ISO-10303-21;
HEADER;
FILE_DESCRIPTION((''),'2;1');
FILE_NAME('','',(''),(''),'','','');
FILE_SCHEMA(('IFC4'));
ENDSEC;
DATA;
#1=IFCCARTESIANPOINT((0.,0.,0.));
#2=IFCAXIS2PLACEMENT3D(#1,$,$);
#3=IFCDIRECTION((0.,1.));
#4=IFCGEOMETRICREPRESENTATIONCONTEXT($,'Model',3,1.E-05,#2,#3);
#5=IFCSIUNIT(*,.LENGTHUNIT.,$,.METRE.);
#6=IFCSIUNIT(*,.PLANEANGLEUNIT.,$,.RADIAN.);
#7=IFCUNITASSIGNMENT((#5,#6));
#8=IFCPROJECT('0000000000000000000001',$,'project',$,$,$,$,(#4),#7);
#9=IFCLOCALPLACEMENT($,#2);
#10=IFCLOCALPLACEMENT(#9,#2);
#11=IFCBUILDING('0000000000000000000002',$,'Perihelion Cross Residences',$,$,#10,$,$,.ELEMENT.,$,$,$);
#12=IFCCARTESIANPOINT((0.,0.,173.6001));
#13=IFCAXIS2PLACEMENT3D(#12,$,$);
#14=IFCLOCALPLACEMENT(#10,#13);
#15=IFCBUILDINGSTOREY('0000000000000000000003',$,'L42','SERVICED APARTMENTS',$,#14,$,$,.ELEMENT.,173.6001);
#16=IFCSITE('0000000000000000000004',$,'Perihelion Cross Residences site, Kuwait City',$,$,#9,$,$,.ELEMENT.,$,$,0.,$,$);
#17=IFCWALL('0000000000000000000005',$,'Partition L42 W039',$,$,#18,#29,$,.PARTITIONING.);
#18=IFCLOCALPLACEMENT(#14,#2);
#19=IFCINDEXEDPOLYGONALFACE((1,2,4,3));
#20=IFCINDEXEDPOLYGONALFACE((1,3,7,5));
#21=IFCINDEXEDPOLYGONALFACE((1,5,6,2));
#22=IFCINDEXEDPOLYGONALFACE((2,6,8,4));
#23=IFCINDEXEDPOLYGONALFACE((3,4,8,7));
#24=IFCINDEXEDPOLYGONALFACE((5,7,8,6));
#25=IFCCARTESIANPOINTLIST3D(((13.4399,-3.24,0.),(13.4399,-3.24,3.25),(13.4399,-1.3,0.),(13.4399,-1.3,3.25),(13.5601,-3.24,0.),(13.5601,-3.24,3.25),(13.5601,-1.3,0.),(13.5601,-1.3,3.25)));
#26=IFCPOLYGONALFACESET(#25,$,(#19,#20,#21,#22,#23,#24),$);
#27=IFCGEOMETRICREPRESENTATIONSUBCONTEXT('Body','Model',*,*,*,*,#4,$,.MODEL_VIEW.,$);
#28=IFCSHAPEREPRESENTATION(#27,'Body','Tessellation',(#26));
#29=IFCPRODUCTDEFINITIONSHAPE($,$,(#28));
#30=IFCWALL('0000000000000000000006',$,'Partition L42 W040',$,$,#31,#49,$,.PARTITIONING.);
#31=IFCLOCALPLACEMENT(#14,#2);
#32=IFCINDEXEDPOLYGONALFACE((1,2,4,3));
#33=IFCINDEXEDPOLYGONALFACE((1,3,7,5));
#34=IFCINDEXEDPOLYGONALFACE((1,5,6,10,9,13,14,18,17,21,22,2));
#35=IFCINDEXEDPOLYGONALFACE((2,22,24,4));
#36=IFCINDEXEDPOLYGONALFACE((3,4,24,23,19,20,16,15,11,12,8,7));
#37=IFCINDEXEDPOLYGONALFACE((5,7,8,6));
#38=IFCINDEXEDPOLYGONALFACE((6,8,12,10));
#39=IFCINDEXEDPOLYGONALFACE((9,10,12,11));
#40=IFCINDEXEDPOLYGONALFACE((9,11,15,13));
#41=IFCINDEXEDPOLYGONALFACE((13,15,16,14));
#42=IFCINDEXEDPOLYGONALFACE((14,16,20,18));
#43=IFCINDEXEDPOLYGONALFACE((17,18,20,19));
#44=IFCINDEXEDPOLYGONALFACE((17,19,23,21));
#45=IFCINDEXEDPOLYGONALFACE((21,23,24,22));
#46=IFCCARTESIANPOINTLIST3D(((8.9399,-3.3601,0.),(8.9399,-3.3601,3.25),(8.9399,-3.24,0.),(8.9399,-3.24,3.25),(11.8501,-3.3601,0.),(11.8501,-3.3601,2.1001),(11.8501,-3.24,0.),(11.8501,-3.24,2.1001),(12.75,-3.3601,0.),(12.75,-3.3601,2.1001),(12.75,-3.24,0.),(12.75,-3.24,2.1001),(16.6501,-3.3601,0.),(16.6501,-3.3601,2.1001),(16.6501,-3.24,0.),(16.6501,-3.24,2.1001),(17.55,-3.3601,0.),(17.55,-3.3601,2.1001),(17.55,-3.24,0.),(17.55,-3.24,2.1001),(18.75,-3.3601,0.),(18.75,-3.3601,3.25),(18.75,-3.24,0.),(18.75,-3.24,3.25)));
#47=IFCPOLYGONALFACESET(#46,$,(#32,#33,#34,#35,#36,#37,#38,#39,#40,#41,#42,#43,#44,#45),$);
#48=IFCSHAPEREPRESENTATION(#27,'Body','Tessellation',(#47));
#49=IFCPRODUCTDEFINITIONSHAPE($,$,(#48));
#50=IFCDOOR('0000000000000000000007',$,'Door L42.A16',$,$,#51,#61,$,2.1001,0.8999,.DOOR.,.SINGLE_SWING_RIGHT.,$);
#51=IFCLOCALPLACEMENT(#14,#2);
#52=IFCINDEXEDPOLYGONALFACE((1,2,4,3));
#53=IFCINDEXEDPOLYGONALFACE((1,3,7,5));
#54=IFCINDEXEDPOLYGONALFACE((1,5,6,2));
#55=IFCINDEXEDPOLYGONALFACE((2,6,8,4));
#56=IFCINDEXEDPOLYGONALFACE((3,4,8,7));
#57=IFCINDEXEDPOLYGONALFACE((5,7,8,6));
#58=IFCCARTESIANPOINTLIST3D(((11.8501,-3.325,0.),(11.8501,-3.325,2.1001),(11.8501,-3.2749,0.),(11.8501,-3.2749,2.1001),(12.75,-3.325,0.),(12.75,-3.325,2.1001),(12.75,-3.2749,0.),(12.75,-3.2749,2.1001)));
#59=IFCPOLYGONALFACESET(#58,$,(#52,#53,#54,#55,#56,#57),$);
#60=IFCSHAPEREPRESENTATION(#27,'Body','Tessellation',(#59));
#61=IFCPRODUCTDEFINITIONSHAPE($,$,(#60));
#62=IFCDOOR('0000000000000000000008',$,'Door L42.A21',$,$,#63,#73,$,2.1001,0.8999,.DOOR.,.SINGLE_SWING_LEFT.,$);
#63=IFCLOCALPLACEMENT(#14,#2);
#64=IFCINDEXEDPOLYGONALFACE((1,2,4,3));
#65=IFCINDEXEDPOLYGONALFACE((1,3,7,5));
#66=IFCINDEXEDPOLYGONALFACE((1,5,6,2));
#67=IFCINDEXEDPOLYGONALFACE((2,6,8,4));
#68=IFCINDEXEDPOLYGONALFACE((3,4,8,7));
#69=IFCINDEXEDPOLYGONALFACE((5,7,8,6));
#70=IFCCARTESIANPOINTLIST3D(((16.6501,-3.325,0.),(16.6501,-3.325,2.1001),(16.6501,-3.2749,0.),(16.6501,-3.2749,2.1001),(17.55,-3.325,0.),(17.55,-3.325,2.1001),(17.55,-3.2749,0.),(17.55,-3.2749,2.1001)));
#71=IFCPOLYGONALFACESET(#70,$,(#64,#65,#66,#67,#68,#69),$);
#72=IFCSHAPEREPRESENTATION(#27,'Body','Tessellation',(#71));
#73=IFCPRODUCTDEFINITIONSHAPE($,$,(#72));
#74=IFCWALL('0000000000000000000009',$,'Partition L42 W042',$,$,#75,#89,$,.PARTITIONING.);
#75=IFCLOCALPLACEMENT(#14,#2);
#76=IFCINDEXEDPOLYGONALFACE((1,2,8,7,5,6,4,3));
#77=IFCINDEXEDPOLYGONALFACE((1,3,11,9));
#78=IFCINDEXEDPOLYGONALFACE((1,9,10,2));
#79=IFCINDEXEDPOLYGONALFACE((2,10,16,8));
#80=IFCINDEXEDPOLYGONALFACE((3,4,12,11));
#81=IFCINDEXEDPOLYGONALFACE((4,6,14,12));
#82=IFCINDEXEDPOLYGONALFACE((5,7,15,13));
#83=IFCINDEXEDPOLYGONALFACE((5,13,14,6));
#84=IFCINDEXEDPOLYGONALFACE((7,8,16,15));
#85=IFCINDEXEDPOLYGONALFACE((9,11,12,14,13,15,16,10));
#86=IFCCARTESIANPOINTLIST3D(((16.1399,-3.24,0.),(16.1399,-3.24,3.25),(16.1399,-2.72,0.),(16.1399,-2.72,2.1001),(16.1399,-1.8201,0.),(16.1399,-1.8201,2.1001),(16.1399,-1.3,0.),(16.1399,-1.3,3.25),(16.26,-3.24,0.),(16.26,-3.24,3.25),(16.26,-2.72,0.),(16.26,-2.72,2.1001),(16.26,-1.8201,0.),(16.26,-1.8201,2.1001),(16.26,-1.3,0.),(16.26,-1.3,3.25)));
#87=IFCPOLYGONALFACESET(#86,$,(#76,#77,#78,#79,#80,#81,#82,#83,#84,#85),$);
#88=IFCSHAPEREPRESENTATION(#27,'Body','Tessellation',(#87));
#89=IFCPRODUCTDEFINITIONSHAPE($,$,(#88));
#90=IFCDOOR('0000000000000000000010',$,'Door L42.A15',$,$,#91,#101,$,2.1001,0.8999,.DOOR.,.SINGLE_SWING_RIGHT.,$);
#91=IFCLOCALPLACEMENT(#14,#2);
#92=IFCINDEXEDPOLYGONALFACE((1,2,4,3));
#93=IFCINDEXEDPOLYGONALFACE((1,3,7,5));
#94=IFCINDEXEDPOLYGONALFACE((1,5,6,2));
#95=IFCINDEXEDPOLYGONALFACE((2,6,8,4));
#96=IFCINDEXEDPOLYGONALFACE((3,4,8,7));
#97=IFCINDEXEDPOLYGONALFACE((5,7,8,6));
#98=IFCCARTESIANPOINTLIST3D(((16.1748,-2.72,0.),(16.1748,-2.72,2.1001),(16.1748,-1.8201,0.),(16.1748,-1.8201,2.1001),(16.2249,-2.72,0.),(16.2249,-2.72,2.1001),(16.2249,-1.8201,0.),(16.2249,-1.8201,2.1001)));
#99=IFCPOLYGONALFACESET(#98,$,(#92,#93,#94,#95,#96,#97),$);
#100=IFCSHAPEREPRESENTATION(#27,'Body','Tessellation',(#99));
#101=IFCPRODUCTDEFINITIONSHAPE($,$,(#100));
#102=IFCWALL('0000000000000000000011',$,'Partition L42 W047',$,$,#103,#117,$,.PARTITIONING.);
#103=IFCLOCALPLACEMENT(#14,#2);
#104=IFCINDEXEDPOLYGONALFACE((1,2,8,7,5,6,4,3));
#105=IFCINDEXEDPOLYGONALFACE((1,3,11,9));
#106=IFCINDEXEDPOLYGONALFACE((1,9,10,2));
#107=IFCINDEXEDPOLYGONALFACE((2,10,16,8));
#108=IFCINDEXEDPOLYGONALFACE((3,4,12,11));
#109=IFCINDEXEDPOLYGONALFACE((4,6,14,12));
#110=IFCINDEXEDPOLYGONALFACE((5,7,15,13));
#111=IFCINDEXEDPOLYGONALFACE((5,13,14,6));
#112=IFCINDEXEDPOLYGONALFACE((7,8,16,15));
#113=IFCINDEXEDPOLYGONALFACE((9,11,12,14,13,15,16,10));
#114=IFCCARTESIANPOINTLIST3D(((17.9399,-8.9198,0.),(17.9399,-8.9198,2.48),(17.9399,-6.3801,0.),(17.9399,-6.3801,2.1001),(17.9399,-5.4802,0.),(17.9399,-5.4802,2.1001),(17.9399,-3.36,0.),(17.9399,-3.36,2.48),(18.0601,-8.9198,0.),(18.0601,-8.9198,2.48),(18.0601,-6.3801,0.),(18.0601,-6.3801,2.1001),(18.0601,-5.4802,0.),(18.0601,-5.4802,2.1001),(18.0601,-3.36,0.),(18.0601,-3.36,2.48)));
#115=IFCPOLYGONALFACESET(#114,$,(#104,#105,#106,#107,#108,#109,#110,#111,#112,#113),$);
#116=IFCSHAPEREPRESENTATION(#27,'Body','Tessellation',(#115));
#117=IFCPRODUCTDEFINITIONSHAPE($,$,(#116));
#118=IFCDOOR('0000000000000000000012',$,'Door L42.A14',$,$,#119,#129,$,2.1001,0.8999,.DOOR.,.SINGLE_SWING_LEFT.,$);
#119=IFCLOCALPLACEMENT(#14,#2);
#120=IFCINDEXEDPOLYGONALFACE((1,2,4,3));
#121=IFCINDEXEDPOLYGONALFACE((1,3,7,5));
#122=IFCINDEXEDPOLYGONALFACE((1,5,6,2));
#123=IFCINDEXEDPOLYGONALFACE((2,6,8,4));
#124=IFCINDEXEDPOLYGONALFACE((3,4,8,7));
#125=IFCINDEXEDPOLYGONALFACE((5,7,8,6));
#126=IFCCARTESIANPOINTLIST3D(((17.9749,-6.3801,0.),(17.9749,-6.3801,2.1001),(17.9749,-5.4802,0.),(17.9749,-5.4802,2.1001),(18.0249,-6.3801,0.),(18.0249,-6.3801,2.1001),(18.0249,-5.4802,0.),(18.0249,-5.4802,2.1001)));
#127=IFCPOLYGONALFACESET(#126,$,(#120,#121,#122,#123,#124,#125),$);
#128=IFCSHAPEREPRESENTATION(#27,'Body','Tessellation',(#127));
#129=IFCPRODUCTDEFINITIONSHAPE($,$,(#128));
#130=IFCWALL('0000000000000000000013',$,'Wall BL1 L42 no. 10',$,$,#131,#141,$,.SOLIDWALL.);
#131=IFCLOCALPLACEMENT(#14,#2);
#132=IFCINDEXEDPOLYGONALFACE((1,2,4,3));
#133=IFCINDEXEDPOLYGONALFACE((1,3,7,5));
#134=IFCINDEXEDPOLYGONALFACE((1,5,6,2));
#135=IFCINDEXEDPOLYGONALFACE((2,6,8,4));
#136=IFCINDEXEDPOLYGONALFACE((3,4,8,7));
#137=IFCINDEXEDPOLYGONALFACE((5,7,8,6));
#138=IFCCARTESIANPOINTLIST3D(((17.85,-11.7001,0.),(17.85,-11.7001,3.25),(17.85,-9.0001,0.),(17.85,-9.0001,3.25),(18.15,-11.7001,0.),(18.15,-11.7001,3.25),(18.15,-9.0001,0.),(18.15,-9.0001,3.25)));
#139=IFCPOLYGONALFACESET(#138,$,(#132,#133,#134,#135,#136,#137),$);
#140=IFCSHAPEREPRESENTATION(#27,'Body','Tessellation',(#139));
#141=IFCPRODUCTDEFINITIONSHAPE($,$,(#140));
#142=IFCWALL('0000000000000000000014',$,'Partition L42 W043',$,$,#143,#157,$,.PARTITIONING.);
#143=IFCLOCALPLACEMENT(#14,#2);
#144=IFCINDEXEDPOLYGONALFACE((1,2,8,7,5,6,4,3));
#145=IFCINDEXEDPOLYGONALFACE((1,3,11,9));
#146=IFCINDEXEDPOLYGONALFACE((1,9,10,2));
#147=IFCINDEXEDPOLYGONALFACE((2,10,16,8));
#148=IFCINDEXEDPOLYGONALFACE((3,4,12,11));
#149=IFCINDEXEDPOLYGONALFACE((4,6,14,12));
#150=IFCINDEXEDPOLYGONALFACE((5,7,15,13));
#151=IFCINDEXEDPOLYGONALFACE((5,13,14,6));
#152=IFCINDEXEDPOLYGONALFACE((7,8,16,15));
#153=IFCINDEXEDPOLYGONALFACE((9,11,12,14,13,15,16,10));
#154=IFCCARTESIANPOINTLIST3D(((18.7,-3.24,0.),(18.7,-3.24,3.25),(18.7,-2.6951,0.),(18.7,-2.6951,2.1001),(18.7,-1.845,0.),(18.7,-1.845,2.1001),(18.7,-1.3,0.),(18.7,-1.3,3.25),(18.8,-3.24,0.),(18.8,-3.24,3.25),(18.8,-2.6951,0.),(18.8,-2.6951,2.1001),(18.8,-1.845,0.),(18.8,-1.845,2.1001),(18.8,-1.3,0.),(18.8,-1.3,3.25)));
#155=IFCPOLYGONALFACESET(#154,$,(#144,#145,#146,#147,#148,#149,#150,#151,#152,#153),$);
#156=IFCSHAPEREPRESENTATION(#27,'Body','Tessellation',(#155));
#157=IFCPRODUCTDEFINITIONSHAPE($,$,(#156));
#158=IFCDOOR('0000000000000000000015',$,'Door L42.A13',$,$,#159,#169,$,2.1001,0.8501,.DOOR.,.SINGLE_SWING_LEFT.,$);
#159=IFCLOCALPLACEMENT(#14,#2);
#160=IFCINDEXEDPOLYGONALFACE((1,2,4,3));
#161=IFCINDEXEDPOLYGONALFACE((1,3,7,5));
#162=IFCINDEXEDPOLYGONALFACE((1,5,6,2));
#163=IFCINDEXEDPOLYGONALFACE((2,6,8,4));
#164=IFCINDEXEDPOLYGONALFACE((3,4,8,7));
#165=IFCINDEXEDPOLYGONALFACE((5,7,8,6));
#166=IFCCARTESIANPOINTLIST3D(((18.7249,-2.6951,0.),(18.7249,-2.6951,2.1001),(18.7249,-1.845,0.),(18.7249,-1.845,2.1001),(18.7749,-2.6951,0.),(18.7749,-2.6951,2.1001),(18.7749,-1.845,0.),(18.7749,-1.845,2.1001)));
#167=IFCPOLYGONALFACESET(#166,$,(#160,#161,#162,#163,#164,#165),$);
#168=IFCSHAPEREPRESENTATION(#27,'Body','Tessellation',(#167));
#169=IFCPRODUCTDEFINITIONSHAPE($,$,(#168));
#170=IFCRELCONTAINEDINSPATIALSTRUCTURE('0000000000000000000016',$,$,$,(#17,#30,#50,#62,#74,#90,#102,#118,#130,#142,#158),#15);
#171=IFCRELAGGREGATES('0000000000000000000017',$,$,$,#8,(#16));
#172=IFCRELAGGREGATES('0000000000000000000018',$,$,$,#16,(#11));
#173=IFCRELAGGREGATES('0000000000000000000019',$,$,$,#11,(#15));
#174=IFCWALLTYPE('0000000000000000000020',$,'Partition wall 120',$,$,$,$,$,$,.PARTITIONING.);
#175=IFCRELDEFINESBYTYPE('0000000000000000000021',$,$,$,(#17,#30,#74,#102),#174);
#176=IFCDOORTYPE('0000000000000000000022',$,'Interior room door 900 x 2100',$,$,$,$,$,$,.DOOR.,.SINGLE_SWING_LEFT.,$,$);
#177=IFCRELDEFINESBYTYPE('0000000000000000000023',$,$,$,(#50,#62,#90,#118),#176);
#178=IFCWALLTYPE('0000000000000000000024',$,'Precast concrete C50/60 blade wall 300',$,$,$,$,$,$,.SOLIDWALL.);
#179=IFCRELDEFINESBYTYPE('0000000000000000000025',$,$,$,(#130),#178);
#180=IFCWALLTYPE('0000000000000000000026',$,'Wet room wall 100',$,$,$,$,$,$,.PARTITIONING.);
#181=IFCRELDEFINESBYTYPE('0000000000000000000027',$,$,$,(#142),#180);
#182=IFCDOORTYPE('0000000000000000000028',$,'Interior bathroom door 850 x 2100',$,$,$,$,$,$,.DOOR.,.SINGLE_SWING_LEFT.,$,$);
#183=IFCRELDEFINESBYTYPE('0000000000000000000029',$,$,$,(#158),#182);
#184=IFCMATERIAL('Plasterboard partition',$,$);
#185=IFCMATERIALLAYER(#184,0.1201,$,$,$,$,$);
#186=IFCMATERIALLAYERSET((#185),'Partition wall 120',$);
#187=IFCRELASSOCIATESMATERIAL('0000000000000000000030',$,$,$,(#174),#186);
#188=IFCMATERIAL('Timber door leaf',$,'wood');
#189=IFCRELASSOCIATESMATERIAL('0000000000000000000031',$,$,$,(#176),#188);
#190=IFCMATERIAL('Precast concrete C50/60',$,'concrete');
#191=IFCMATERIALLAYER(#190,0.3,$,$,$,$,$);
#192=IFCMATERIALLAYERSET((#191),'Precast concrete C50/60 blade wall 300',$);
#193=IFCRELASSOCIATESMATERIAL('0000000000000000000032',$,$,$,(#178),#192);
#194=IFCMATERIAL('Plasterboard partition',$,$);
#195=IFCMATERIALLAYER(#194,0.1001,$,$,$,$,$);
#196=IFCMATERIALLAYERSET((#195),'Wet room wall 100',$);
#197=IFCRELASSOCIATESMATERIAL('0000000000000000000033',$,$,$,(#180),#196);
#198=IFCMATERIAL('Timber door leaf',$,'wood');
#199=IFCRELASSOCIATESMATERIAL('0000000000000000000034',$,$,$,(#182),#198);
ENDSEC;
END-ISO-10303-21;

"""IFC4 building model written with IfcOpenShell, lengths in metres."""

from ifc_helpers import new_model, si_unit, direction, frame, frame_2d, origin, place, context, subcontext, project, spatial, rectangle, extrude, material, layer, layer_set, type_object, element, fill, save


model = new_model("IFC4")

# Units and contexts
model_context = context("Model", 3, precision=1e-05, world=origin(), true_north=direction((0.0, 1.0)))
body_context = subcontext(model_context, "Body", "Model", "MODEL_VIEW")
ifc_project = project(units=[si_unit("LENGTHUNIT", "METRE"), si_unit("PLANEANGLEUNIT", "RADIAN")], contexts=[model_context])

# Site, building, storey
site_placement = place(None, origin())
site = spatial("IfcSite", under=ifc_project, at=site_placement, Name="Perihelion Cross Residences site, Kuwait City", CompositionType="ELEMENT", RefElevation=0.0)
building_placement = place(site_placement, origin())
building = spatial("IfcBuilding", under=site, at=building_placement, Name="Perihelion Cross Residences", CompositionType="ELEMENT")
storey_placement = place(building_placement, frame((0.0, 0.0, 173.6001)))
storey = spatial("IfcBuildingStorey", under=building, at=storey_placement, Name="L42", Description="SERVICED APARTMENTS", CompositionType="ELEMENT", Elevation=173.6001)

# Wall
ifc_material_1 = material(Name="Plasterboard partition")
ifc_layer_1 = layer(ifc_material_1, 0.1201)
ifc_layer_set_1 = layer_set([ifc_layer_1], Name="Partition wall 120")
wall_type_1 = type_object("IfcWallType", Name="Partition wall 120", PredefinedType="PARTITIONING", material=ifc_layer_set_1)
wall_1_placement = place(storey_placement, frame((13.5, -1.3, 0.0), z_axis=(0.0, 0.0, 1.0), x_axis=(0.0, -1.0, 0.0)))
element("IfcWall", 1, at=wall_1_placement, inside=storey, type_object=wall_type_1, Name="Partition L42 W039", PredefinedType="PARTITIONING", context=body_context, shape_type="SweptSolid", body=[
    extrude(rectangle(XDim=1.9399, YDim=0.1201, at=frame_2d((0.97, 0.0))), origin(), (0.0, 0.0, 1.0), 3.25),
])

# Wall, openings, doors
wall_2_placement = place(storey_placement, frame((18.75, -3.3, 0.0), z_axis=(0.0, 0.0, 1.0), x_axis=(-1.0, 0.0, 0.0)))
wall_2 = element("IfcWall", 2, at=wall_2_placement, inside=storey, type_object=wall_type_1, Name="Partition L42 W040", PredefinedType="PARTITIONING", context=body_context, shape_type="SweptSolid", body=[
    extrude(rectangle(XDim=9.8101, YDim=0.1201, at=frame_2d((4.905, 0.0))), origin(), (0.0, 0.0, 1.0), 3.25),
])
opening_1_placement = place(wall_2_placement, frame((6.0, 0.0, 0.0)))
opening_1 = element("IfcOpeningElement", 3, at=opening_1_placement, cuts=wall_2, PredefinedType="OPENING", context=body_context, shape_type="SweptSolid", body=[
    extrude(rectangle(XDim=0.8999, YDim=2.1001, at=frame_2d((0.45, 1.05))), frame((0.0, 0.0701, 0.0), z_axis=(0.0, -1.0, 0.0), x_axis=(1.0, 0.0, 0.0)), (0.0, 0.0, 1.0), 0.1401),
])
opening_2_placement = place(wall_2_placement, frame((1.2, 0.0, 0.0)))
opening_2 = element("IfcOpeningElement", 4, at=opening_2_placement, cuts=wall_2, PredefinedType="OPENING", context=body_context, shape_type="SweptSolid", body=[
    extrude(rectangle(XDim=0.8999, YDim=2.1001, at=frame_2d((0.45, 1.05))), frame((0.0, 0.0701, 0.0), z_axis=(0.0, -1.0, 0.0), x_axis=(1.0, 0.0, 0.0)), (0.0, 0.0, 1.0), 0.1401),
])
ifc_material_2 = material(Name="Timber door leaf", Category="wood")
door_type_1 = type_object("IfcDoorType", Name="Interior room door 900 x 2100", OperationType="SINGLE_SWING_LEFT", PredefinedType="DOOR", material=ifc_material_2)
door_1_placement = place(opening_1_placement, origin())
door_1 = element("IfcDoor", 5, at=door_1_placement, inside=storey, type_object=door_type_1, Name="Door L42.A16", OperationType="SINGLE_SWING_RIGHT", OverallHeight=2.1001, OverallWidth=0.8999, PredefinedType="DOOR", context=body_context, shape_type="SweptSolid", body=[
    extrude(rectangle(XDim=0.8999, YDim=2.1001, at=frame_2d((0.45, 1.05))), frame((0.0, 0.0249, 0.0), z_axis=(0.0, -1.0, 0.0), x_axis=(1.0, 0.0, 0.0)), (0.0, 0.0, 1.0), 0.05),
])
fill(opening_1, door_1)
door_2_placement = place(opening_2_placement, origin())
door_2 = element("IfcDoor", 6, at=door_2_placement, inside=storey, type_object=door_type_1, Name="Door L42.A21", OperationType="SINGLE_SWING_LEFT", OverallHeight=2.1001, OverallWidth=0.8999, PredefinedType="DOOR", context=body_context, shape_type="SweptSolid", body=[
    extrude(rectangle(XDim=0.8999, YDim=2.1001, at=frame_2d((0.45, 1.05))), frame((0.0, 0.0249, 0.0), z_axis=(0.0, -1.0, 0.0), x_axis=(1.0, 0.0, 0.0)), (0.0, 0.0, 1.0), 0.05),
])
fill(opening_2, door_2)

# Walls, openings, doors
wall_3_placement = place(storey_placement, frame((16.2, -1.3, 0.0), z_axis=(0.0, 0.0, 1.0), x_axis=(0.0, -1.0, 0.0)))
wall_3 = element("IfcWall", 7, at=wall_3_placement, inside=storey, type_object=wall_type_1, Name="Partition L42 W042", PredefinedType="PARTITIONING", context=body_context, shape_type="SweptSolid", body=[
    extrude(rectangle(XDim=1.9399, YDim=0.1201, at=frame_2d((0.97, 0.0))), origin(), (0.0, 0.0, 1.0), 3.25),
])
opening_3_placement = place(wall_3_placement, frame((0.52, 0.0, 0.0)))
opening_3 = element("IfcOpeningElement", 8, at=opening_3_placement, cuts=wall_3, PredefinedType="OPENING", context=body_context, shape_type="SweptSolid", body=[
    extrude(rectangle(XDim=0.8999, YDim=2.1001, at=frame_2d((0.45, 1.05))), frame((0.0, 0.0701, 0.0), z_axis=(0.0, -1.0, 0.0), x_axis=(1.0, 0.0, 0.0)), (0.0, 0.0, 1.0), 0.1401),
])
door_3_placement = place(opening_3_placement, origin())
door_3 = element("IfcDoor", 9, at=door_3_placement, inside=storey, type_object=door_type_1, Name="Door L42.A15", OperationType="SINGLE_SWING_RIGHT", OverallHeight=2.1001, OverallWidth=0.8999, PredefinedType="DOOR", context=body_context, shape_type="SweptSolid", body=[
    extrude(rectangle(XDim=0.8999, YDim=2.1001, at=frame_2d((0.45, 1.05))), frame((0.0, 0.0249, 0.0), z_axis=(0.0, -1.0, 0.0), x_axis=(1.0, 0.0, 0.0)), (0.0, 0.0, 1.0), 0.05),
])
fill(opening_3, door_3)
wall_4_placement = place(storey_placement, frame((18.0, -3.3601, 0.0), z_axis=(0.0, 0.0, 1.0), x_axis=(0.0, -1.0, 0.0)))
wall_4 = element("IfcWall", 10, at=wall_4_placement, inside=storey, type_object=wall_type_1, Name="Partition L42 W047", PredefinedType="PARTITIONING", context=body_context, shape_type="SweptSolid", body=[
    extrude(rectangle(XDim=5.5598, YDim=0.1201, at=frame_2d((2.7798, 0.0))), origin(), (0.0, 0.0, 1.0), 2.48),
])
opening_4_placement = place(wall_4_placement, frame((2.1201, 0.0, 0.0)))
opening_4 = element("IfcOpeningElement", 11, at=opening_4_placement, cuts=wall_4, PredefinedType="OPENING", context=body_context, shape_type="SweptSolid", body=[
    extrude(rectangle(XDim=0.8999, YDim=2.1001, at=frame_2d((0.45, 1.05))), frame((0.0, 0.0701, 0.0), z_axis=(0.0, -1.0, 0.0), x_axis=(1.0, 0.0, 0.0)), (0.0, 0.0, 1.0), 0.1401),
])
door_4_placement = place(opening_4_placement, origin())
door_4 = element("IfcDoor", 12, at=door_4_placement, inside=storey, type_object=door_type_1, Name="Door L42.A14", OperationType="SINGLE_SWING_LEFT", OverallHeight=2.1001, OverallWidth=0.8999, PredefinedType="DOOR", context=body_context, shape_type="SweptSolid", body=[
    extrude(rectangle(XDim=0.8999, YDim=2.1001, at=frame_2d((0.45, 1.05))), frame((0.0, 0.0249, 0.0), z_axis=(0.0, -1.0, 0.0), x_axis=(1.0, 0.0, 0.0)), (0.0, 0.0, 1.0), 0.05),
])
fill(opening_4, door_4)

# Wall
ifc_material_3 = material(Name="Precast concrete C50/60", Category="concrete")
ifc_layer_2 = layer(ifc_material_3, 0.3)
ifc_layer_set_2 = layer_set([ifc_layer_2], Name="Precast concrete C50/60 blade wall 300")
wall_type_2 = type_object("IfcWallType", Name="Precast concrete C50/60 blade wall 300", PredefinedType="SOLIDWALL", material=ifc_layer_set_2)
wall_5_placement = place(storey_placement, frame((18.0, -9.0, 0.0), z_axis=(0.0, 0.0, 1.0), x_axis=(0.0, -1.0, 0.0)))
element("IfcWall", 13, at=wall_5_placement, inside=storey, type_object=wall_type_2, Name="Wall BL1 L42 no. 10", PredefinedType="SOLIDWALL", context=body_context, shape_type="SweptSolid", body=[
    extrude(rectangle(XDim=2.7, YDim=0.3, at=frame_2d((1.3501, 0.0))), origin(), (0.0, 0.0, 1.0), 3.25),
])

# Wall, opening, door
ifc_material_4 = material(Name="Plasterboard partition")
ifc_layer_3 = layer(ifc_material_4, 0.1001)
ifc_layer_set_3 = layer_set([ifc_layer_3], Name="Wet room wall 100")
wall_type_3 = type_object("IfcWallType", Name="Wet room wall 100", PredefinedType="PARTITIONING", material=ifc_layer_set_3)
wall_6_placement = place(storey_placement, frame((18.75, -1.3, 0.0), z_axis=(0.0, 0.0, 1.0), x_axis=(0.0, -1.0, 0.0)))
wall_6 = element("IfcWall", 14, at=wall_6_placement, inside=storey, type_object=wall_type_3, Name="Partition L42 W043", PredefinedType="PARTITIONING", context=body_context, shape_type="SweptSolid", body=[
    extrude(rectangle(XDim=1.9399, YDim=0.1001, at=frame_2d((0.97, 0.0))), origin(), (0.0, 0.0, 1.0), 3.25),
])
opening_5_placement = place(wall_6_placement, frame((0.5449, 0.0, 0.0)))
opening_5 = element("IfcOpeningElement", 15, at=opening_5_placement, cuts=wall_6, PredefinedType="OPENING", context=body_context, shape_type="SweptSolid", body=[
    extrude(rectangle(XDim=0.8501, YDim=2.1001, at=frame_2d((0.425, 1.05))), frame((0.0, 0.0601, 0.0), z_axis=(0.0, -1.0, 0.0), x_axis=(1.0, 0.0, 0.0)), (0.0, 0.0, 1.0), 0.1201),
])
ifc_material_5 = material(Name="Timber door leaf", Category="wood")
door_type_2 = type_object("IfcDoorType", Name="Interior bathroom door 850 x 2100", OperationType="SINGLE_SWING_LEFT", PredefinedType="DOOR", material=ifc_material_5)
door_5_placement = place(opening_5_placement, origin())
door_5 = element("IfcDoor", 16, at=door_5_placement, inside=storey, type_object=door_type_2, Name="Door L42.A13", OperationType="SINGLE_SWING_LEFT", OverallHeight=2.1001, OverallWidth=0.8501, PredefinedType="DOOR", context=body_context, shape_type="SweptSolid", body=[
    extrude(rectangle(XDim=0.8501, YDim=2.1001, at=frame_2d((0.425, 1.05))), frame((0.0, 0.0249, 0.0), z_axis=(0.0, -1.0, 0.0), x_axis=(1.0, 0.0, 0.0)), (0.0, 0.0, 1.0), 0.05),
])
fill(opening_5, door_5)

save(model, "model.ifc")
